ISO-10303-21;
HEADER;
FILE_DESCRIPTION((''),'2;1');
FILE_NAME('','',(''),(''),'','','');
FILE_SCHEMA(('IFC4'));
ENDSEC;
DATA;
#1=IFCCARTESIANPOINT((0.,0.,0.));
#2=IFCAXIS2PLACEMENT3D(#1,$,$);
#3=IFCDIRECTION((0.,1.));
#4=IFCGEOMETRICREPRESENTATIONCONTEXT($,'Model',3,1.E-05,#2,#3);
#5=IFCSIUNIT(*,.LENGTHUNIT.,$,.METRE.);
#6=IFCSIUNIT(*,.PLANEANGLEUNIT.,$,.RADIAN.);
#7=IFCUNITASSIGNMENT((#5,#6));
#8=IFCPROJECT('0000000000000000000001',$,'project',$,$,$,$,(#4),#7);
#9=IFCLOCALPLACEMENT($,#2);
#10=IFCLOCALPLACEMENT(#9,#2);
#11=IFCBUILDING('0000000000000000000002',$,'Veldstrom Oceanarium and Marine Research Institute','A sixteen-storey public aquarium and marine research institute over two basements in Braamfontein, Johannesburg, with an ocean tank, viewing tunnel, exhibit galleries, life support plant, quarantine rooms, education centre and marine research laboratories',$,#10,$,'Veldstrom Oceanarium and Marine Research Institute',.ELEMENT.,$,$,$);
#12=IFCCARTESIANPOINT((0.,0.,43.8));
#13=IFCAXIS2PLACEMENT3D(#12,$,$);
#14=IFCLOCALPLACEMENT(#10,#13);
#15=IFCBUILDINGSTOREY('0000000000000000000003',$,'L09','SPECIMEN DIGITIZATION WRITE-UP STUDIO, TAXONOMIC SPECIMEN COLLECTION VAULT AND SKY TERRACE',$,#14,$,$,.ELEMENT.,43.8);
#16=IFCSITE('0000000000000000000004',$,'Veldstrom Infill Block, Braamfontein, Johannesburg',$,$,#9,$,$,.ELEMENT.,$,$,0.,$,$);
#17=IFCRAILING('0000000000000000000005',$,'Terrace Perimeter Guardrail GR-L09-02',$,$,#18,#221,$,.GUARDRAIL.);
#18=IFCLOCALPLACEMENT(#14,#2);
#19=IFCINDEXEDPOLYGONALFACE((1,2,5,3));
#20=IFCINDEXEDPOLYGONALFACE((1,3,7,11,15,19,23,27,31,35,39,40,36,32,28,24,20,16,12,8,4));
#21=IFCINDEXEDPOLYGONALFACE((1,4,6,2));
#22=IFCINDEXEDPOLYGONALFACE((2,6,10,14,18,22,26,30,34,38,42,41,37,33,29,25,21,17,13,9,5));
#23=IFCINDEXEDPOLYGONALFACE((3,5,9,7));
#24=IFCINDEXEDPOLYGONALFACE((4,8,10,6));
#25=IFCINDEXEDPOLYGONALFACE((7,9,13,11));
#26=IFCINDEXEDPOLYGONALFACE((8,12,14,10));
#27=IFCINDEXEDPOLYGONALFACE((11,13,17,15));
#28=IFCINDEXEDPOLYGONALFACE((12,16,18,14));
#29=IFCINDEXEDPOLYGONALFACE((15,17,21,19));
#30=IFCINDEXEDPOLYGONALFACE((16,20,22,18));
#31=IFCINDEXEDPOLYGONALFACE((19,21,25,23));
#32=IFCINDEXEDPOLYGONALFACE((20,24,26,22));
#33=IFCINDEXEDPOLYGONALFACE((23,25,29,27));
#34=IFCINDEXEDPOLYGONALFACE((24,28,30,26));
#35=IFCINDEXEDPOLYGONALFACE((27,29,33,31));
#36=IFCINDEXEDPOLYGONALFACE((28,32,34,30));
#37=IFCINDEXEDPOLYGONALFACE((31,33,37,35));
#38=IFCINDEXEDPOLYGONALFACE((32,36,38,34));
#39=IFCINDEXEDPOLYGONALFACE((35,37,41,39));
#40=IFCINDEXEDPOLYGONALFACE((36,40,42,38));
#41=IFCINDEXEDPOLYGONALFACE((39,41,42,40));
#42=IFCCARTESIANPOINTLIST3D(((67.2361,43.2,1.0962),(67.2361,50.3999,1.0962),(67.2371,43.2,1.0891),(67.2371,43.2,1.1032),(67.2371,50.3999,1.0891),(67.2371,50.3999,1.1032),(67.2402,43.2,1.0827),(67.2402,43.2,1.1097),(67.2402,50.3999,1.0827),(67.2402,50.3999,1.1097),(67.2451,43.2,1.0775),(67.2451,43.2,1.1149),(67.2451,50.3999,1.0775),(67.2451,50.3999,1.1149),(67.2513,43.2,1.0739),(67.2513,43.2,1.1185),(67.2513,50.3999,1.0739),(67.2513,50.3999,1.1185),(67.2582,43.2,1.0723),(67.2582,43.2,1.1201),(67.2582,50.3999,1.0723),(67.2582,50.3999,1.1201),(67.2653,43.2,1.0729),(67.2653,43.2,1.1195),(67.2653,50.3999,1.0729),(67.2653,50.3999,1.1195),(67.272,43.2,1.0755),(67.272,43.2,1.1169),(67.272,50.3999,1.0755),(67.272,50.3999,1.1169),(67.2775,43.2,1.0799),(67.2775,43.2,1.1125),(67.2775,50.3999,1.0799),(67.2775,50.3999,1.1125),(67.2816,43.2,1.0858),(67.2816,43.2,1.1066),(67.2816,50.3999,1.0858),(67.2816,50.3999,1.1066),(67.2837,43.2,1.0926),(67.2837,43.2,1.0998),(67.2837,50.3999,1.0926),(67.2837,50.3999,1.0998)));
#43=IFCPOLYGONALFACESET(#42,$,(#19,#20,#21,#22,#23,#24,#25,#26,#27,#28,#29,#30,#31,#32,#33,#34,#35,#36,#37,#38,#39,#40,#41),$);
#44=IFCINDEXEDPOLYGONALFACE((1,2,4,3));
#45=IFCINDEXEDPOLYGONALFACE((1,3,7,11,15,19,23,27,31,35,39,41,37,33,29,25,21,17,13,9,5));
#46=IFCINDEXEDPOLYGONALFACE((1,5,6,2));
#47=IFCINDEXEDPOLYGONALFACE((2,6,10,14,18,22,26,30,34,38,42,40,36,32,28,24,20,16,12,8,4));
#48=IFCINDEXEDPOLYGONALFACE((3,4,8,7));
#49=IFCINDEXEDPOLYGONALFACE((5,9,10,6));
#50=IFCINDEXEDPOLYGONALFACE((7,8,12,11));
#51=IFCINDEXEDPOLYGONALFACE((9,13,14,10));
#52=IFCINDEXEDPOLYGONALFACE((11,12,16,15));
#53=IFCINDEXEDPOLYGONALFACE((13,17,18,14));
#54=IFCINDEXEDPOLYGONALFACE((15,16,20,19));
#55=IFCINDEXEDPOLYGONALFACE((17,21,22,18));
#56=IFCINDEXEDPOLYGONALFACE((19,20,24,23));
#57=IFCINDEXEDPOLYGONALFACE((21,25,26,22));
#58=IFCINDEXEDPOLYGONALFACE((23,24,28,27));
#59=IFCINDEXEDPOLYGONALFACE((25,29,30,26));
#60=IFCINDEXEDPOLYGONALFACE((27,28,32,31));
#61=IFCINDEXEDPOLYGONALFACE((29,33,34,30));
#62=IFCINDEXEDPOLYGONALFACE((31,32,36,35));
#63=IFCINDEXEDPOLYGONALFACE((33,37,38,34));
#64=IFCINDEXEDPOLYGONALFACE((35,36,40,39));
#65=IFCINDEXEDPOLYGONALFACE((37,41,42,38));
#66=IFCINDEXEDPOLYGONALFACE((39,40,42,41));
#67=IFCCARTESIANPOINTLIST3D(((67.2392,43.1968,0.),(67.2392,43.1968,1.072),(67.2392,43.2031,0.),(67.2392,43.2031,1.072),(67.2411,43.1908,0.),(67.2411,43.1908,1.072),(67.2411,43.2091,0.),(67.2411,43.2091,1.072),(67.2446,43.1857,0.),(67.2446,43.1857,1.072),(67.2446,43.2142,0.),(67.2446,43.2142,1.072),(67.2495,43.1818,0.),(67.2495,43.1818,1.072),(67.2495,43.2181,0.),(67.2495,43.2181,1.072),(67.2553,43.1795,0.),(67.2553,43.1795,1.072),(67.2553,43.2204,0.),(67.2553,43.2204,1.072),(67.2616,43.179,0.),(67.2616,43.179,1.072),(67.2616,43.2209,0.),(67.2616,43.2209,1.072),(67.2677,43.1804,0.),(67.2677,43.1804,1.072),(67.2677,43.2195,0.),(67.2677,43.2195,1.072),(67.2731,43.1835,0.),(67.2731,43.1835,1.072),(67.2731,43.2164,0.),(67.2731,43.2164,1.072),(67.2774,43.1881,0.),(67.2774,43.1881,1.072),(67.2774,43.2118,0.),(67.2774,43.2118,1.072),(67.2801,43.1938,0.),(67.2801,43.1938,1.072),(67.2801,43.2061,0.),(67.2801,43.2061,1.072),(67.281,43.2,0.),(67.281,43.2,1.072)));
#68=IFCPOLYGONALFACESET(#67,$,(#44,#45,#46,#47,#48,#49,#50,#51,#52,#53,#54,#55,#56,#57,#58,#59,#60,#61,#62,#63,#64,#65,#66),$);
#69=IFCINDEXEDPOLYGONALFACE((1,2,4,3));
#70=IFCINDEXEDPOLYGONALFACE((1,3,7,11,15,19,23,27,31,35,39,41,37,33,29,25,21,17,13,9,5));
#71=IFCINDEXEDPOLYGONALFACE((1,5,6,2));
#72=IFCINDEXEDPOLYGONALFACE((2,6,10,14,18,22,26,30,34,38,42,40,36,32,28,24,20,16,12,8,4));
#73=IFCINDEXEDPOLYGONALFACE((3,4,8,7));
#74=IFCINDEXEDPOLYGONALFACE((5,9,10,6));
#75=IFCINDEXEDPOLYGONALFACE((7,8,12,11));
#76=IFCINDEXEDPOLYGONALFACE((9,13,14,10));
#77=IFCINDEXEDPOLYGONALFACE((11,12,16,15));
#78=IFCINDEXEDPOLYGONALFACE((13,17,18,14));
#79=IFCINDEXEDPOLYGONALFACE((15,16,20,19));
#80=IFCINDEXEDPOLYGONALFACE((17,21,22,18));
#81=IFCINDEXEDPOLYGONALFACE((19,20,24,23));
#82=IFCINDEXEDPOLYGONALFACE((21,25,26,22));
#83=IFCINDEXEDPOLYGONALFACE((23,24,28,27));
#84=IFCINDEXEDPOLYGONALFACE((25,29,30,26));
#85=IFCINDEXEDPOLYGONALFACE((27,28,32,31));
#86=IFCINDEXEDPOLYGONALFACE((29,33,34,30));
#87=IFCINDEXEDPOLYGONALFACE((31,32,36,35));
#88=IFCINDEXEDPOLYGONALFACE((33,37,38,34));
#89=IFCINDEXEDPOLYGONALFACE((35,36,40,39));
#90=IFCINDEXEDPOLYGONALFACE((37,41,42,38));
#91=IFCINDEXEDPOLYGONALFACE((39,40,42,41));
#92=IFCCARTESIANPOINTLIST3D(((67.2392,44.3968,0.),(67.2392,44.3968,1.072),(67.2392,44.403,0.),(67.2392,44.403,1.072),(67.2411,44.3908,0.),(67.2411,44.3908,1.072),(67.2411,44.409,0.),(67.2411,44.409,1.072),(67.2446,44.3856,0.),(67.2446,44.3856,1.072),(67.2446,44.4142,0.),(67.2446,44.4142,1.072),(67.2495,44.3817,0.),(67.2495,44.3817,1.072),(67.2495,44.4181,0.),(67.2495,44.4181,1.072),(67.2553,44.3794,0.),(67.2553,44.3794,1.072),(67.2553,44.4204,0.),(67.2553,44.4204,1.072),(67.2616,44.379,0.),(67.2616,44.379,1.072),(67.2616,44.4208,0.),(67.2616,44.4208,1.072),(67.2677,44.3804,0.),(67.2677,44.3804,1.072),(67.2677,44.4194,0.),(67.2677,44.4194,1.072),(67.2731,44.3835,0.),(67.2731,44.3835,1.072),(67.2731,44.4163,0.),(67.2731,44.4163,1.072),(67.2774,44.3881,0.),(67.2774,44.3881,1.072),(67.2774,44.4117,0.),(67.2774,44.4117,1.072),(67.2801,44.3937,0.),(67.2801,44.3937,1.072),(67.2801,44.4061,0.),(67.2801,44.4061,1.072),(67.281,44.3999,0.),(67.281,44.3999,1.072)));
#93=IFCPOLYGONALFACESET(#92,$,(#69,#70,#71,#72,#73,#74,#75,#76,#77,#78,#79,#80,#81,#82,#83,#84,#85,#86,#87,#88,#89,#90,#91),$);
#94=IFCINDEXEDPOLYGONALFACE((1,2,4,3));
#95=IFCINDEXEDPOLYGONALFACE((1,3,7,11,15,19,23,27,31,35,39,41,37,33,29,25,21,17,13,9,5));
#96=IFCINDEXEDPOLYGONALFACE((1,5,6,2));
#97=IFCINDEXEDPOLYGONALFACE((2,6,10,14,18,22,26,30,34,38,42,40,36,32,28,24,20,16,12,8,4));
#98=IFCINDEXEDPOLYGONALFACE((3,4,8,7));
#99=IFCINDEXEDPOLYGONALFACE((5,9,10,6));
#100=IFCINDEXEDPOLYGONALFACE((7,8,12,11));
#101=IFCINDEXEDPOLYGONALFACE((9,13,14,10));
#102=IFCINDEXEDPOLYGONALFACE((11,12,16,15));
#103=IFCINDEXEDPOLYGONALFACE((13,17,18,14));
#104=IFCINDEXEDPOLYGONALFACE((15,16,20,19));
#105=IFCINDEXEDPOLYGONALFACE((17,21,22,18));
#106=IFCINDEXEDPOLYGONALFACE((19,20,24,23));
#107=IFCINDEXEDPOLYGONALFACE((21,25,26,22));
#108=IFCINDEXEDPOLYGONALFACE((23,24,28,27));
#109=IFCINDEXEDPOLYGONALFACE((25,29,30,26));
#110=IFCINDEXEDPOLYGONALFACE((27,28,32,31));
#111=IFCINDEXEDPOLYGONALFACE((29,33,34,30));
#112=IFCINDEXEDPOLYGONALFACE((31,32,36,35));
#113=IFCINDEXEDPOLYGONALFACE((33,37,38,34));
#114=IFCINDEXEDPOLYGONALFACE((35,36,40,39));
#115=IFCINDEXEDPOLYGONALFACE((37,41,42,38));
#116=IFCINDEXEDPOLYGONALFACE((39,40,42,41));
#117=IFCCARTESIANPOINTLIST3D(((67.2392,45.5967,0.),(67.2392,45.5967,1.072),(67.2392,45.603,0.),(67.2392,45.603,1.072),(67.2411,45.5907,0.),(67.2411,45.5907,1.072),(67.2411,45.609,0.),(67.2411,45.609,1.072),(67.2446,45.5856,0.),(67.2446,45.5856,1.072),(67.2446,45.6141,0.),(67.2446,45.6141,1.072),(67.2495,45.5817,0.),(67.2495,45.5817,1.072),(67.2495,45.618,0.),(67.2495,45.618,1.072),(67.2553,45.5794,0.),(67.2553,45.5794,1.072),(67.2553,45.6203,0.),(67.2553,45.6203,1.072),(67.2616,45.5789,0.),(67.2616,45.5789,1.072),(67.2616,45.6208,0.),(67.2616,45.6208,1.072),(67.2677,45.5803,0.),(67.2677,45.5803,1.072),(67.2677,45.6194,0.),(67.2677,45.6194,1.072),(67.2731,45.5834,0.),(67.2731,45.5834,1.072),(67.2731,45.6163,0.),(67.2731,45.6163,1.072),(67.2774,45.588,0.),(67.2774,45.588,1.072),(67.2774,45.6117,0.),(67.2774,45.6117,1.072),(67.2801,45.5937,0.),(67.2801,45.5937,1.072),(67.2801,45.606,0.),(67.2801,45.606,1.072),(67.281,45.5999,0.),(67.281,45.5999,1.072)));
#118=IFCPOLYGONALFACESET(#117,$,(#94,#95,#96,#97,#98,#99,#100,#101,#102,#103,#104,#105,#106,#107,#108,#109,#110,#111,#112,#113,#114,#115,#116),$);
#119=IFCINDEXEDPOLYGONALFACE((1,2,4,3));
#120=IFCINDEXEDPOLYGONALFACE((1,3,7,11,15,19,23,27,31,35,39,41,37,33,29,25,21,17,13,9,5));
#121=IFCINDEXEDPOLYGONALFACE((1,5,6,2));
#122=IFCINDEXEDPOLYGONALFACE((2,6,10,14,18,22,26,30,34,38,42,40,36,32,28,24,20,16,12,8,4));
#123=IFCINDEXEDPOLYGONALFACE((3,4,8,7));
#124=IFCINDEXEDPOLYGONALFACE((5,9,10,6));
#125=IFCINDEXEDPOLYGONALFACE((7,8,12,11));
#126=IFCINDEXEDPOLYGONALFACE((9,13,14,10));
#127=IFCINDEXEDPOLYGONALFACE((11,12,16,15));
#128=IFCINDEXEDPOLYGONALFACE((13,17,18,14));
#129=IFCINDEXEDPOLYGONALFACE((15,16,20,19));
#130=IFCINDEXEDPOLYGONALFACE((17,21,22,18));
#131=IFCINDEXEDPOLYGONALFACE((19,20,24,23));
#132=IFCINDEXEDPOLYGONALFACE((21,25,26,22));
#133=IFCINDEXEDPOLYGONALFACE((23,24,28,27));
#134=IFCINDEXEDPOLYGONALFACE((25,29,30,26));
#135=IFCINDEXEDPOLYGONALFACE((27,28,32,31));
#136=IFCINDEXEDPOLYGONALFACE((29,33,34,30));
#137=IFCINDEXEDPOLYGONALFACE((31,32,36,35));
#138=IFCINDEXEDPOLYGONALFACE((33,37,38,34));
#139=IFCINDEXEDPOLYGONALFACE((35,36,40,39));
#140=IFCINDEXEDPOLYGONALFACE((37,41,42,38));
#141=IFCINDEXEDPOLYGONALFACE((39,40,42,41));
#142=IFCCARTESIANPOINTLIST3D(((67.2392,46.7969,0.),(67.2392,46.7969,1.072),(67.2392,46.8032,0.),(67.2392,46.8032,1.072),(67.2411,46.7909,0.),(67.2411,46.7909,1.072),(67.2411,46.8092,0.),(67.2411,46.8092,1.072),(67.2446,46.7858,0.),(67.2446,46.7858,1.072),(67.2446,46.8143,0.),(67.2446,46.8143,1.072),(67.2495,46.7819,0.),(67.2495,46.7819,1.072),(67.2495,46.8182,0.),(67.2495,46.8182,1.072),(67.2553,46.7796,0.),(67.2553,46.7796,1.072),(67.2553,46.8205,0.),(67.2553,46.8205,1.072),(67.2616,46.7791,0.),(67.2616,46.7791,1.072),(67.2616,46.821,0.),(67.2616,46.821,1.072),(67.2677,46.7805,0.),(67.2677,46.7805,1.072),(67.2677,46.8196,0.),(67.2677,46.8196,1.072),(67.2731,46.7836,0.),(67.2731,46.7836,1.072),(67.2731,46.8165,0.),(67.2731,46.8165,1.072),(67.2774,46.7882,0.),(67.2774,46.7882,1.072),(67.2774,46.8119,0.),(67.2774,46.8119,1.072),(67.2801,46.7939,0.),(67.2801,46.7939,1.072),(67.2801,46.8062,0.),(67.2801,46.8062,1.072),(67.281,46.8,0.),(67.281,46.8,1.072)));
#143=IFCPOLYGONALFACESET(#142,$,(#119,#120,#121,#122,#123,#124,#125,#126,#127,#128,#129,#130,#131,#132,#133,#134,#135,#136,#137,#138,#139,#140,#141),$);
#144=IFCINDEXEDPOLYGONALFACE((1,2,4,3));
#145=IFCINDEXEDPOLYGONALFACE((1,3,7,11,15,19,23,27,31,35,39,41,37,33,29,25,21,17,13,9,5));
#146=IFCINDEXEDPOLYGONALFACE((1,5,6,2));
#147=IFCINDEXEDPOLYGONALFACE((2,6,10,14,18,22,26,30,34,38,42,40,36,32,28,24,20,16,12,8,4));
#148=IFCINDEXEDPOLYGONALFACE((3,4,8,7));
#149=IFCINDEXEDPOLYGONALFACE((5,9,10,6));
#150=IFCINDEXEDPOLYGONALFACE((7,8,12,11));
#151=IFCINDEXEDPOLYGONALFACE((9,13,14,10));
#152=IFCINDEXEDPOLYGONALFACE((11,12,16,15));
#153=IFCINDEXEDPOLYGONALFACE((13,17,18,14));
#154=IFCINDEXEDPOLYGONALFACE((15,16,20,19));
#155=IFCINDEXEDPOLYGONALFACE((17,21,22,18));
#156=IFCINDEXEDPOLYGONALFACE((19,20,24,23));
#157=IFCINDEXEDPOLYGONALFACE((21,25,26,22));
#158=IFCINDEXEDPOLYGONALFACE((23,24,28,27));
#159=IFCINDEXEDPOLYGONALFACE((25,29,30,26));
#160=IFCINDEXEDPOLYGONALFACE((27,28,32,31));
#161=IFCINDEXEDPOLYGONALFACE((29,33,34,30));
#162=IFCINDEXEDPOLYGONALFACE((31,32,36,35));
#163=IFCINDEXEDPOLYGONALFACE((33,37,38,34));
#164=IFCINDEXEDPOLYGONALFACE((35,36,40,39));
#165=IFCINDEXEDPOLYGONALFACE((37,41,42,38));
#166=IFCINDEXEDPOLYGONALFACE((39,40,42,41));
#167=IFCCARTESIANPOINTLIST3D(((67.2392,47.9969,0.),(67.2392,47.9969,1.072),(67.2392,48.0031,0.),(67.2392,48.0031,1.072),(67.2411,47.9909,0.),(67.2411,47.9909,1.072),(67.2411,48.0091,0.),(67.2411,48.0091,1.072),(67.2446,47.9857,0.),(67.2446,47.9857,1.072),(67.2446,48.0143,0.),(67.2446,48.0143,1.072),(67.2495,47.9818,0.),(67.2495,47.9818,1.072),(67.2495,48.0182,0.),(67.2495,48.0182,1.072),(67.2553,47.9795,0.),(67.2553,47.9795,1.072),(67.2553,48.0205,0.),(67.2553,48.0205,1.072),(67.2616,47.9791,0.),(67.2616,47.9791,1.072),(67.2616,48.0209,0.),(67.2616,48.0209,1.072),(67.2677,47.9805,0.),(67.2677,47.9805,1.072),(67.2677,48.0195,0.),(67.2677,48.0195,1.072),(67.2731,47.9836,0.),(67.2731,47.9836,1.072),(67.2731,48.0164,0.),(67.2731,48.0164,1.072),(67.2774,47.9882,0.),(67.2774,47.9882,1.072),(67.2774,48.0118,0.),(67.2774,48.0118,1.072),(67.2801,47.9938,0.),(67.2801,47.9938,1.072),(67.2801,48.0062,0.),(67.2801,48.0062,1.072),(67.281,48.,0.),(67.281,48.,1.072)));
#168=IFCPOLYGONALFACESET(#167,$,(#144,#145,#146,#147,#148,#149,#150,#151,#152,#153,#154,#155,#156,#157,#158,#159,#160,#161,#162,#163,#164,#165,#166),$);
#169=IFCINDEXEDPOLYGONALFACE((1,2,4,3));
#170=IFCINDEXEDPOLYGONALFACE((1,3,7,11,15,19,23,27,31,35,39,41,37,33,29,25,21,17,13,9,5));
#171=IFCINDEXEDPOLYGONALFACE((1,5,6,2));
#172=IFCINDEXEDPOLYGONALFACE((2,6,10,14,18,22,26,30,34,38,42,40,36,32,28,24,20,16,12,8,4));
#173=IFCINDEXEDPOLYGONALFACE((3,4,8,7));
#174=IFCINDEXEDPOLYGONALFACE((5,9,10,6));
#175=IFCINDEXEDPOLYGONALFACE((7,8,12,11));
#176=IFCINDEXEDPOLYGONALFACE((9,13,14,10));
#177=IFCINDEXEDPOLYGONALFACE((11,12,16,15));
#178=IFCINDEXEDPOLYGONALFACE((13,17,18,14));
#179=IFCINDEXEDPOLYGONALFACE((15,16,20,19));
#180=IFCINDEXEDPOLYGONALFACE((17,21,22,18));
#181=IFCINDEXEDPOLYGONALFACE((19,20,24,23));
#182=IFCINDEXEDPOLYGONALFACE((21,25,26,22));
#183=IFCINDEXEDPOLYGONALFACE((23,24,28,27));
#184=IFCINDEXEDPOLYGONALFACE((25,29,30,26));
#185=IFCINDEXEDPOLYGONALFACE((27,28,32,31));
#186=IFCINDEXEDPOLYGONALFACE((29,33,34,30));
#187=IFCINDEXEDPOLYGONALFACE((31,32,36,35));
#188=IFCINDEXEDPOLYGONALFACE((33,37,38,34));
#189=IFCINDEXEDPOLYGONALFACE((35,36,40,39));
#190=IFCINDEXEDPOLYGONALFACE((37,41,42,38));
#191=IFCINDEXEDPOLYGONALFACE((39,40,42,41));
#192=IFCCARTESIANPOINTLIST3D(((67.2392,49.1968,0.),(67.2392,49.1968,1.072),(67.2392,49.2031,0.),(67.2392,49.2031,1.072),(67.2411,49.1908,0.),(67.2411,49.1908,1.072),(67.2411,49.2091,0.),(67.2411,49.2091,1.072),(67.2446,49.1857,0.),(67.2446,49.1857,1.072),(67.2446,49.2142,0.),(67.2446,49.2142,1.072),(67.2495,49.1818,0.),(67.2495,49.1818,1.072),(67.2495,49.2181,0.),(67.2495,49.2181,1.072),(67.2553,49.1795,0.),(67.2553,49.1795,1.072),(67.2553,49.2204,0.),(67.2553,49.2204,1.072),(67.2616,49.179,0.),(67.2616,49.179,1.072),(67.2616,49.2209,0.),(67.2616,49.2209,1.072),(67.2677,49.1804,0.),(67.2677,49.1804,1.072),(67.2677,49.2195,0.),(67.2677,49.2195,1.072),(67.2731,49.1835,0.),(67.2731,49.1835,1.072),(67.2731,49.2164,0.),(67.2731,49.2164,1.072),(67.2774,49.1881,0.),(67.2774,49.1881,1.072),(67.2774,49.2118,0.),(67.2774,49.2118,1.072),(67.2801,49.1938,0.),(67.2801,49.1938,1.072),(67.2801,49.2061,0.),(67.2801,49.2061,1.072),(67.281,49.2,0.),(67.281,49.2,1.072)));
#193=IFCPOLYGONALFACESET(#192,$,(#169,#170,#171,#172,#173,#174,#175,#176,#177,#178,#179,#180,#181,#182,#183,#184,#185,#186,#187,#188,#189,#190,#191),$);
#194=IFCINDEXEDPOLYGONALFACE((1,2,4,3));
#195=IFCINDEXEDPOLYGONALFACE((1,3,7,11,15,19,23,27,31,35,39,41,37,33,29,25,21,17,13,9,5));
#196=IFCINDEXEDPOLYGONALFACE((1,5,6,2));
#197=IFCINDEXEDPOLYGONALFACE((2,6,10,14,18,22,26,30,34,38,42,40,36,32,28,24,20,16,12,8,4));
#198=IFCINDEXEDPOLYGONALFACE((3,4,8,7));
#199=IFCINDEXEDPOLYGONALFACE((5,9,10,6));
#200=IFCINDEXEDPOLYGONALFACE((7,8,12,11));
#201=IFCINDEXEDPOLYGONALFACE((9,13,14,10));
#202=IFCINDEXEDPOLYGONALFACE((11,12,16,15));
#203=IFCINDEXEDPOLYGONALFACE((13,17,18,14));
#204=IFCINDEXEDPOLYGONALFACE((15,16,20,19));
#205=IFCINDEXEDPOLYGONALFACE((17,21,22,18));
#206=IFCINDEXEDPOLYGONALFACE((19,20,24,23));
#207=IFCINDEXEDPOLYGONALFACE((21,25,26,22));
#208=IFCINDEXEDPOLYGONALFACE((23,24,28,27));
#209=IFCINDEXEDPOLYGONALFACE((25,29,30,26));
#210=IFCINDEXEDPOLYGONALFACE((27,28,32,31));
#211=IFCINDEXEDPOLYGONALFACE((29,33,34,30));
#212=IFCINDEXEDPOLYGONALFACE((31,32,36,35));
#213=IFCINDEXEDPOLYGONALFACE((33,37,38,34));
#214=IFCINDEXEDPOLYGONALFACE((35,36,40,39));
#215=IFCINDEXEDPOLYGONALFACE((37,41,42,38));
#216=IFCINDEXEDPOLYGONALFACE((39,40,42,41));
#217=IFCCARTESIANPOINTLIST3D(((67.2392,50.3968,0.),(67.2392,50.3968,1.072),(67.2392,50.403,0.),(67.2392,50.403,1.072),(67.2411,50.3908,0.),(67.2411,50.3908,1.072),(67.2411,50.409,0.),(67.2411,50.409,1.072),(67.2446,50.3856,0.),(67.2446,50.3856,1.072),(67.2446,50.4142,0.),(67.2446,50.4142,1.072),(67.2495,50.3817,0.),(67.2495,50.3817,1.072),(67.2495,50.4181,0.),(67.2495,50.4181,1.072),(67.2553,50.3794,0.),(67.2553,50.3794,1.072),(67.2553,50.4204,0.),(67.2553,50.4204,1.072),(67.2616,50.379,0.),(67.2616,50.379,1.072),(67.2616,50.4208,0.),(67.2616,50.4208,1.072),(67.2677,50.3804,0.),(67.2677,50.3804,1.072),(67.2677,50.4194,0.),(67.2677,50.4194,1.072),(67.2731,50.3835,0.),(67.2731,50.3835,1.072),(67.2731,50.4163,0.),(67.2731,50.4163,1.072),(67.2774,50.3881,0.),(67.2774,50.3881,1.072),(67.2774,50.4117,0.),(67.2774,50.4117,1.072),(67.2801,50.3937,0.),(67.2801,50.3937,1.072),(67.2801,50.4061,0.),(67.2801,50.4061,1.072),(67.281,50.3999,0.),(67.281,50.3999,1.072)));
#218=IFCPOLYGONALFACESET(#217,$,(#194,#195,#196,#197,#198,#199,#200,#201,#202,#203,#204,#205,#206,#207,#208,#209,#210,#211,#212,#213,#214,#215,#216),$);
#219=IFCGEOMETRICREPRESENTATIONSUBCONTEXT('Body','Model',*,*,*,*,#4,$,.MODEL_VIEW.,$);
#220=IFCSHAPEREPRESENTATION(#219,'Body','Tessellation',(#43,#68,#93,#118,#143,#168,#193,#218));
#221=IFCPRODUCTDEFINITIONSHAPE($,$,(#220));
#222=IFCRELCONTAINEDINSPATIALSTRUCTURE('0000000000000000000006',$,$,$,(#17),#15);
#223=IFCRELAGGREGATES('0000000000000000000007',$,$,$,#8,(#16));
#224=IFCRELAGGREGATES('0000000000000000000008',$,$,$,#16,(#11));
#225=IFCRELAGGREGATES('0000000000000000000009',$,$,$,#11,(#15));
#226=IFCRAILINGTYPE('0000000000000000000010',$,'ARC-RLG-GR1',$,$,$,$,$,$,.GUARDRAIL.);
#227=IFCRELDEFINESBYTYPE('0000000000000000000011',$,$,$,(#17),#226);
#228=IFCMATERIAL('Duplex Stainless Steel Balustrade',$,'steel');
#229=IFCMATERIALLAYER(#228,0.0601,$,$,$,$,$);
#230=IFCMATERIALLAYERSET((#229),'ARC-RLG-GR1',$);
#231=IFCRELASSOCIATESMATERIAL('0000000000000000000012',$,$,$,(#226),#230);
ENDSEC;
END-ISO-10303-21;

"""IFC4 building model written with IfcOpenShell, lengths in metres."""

from ifc_helpers import new_model, si_unit, direction, frame, origin, origin_2d, place, context, subcontext, project, spatial, circle, extrude, material, layer, layer_set, type_object, element, save


model = new_model("IFC4")

# Units and contexts
model_context = context("Model", 3, precision=1e-05, world=origin(), true_north=direction((0.0, 1.0)))
body_context = subcontext(model_context, "Body", "Model", "MODEL_VIEW")
ifc_project = project(units=[si_unit("LENGTHUNIT", "METRE"), si_unit("PLANEANGLEUNIT", "RADIAN")], contexts=[model_context])

# Site, building, storey
site_placement = place(None, origin())
site = spatial("IfcSite", under=ifc_project, at=site_placement, Name="Veldstrom Infill Block, Braamfontein, Johannesburg", CompositionType="ELEMENT", RefElevation=0.0)
building_placement = place(site_placement, origin())
building = spatial("IfcBuilding", under=site, at=building_placement, Name="Veldstrom Oceanarium and Marine Research Institute", Description="A sixteen-storey public aquarium and marine research institute over two basements in Braamfontein, Johannesburg, with an ocean tank, viewing tunnel, exhibit galleries, life support plant, quarantine rooms, education centre and marine research laboratories", LongName="Veldstrom Oceanarium and Marine Research Institute", CompositionType="ELEMENT")
storey_placement = place(building_placement, frame((0.0, 0.0, 43.8)))
storey = spatial("IfcBuildingStorey", under=building, at=storey_placement, Name="L09", Description="SPECIMEN DIGITIZATION WRITE-UP STUDIO, TAXONOMIC SPECIMEN COLLECTION VAULT AND SKY TERRACE", CompositionType="ELEMENT", Elevation=43.8)

# Railing
ifc_material_1 = material(Name="Duplex Stainless Steel Balustrade", Category="steel")
ifc_layer_1 = layer(ifc_material_1, 0.0601)
ifc_layer_set_1 = layer_set([ifc_layer_1], Name="ARC-RLG-GR1")
railing_type = type_object("IfcRailingType", Name="ARC-RLG-GR1", PredefinedType="GUARDRAIL", material=ifc_layer_set_1)
railing_1_placement = place(storey_placement, frame((67.26, 43.2, 0.0)))
element("IfcRailing", 1, at=railing_1_placement, inside=storey, type_object=railing_type, Name="Terrace Perimeter Guardrail GR-L09-02", PredefinedType="GUARDRAIL", context=body_context, shape_type="SweptSolid", body=[
    extrude(circle(Radius=0.0239, at=origin_2d()), frame((0.0, 0.0, 1.0962), z_axis=(0.0, 1.0, 0.0), x_axis=(-1.0, 0.0, 0.0)), (0.0, 0.0, 1.0), 7.2),
    extrude(circle(Radius=0.021, at=origin_2d()), origin(), (0.0, 0.0, 1.0), 1.072),
    extrude(circle(Radius=0.021, at=origin_2d()), frame((0.0, 1.2, 0.0)), (0.0, 0.0, 1.0), 1.072),
    extrude(circle(Radius=0.021, at=origin_2d()), frame((0.0, 2.3999, 0.0)), (0.0, 0.0, 1.0), 1.072),
    extrude(circle(Radius=0.021, at=origin_2d()), frame((0.0, 3.6001, 0.0)), (0.0, 0.0, 1.0), 1.072),
    extrude(circle(Radius=0.021, at=origin_2d()), frame((0.0, 4.8, 0.0)), (0.0, 0.0, 1.0), 1.072),
    extrude(circle(Radius=0.021, at=origin_2d()), frame((0.0, 6.0, 0.0)), (0.0, 0.0, 1.0), 1.072),
    extrude(circle(Radius=0.021, at=origin_2d()), frame((0.0, 7.2, 0.0)), (0.0, 0.0, 1.0), 1.072),
])

save(model, "model.ifc")
